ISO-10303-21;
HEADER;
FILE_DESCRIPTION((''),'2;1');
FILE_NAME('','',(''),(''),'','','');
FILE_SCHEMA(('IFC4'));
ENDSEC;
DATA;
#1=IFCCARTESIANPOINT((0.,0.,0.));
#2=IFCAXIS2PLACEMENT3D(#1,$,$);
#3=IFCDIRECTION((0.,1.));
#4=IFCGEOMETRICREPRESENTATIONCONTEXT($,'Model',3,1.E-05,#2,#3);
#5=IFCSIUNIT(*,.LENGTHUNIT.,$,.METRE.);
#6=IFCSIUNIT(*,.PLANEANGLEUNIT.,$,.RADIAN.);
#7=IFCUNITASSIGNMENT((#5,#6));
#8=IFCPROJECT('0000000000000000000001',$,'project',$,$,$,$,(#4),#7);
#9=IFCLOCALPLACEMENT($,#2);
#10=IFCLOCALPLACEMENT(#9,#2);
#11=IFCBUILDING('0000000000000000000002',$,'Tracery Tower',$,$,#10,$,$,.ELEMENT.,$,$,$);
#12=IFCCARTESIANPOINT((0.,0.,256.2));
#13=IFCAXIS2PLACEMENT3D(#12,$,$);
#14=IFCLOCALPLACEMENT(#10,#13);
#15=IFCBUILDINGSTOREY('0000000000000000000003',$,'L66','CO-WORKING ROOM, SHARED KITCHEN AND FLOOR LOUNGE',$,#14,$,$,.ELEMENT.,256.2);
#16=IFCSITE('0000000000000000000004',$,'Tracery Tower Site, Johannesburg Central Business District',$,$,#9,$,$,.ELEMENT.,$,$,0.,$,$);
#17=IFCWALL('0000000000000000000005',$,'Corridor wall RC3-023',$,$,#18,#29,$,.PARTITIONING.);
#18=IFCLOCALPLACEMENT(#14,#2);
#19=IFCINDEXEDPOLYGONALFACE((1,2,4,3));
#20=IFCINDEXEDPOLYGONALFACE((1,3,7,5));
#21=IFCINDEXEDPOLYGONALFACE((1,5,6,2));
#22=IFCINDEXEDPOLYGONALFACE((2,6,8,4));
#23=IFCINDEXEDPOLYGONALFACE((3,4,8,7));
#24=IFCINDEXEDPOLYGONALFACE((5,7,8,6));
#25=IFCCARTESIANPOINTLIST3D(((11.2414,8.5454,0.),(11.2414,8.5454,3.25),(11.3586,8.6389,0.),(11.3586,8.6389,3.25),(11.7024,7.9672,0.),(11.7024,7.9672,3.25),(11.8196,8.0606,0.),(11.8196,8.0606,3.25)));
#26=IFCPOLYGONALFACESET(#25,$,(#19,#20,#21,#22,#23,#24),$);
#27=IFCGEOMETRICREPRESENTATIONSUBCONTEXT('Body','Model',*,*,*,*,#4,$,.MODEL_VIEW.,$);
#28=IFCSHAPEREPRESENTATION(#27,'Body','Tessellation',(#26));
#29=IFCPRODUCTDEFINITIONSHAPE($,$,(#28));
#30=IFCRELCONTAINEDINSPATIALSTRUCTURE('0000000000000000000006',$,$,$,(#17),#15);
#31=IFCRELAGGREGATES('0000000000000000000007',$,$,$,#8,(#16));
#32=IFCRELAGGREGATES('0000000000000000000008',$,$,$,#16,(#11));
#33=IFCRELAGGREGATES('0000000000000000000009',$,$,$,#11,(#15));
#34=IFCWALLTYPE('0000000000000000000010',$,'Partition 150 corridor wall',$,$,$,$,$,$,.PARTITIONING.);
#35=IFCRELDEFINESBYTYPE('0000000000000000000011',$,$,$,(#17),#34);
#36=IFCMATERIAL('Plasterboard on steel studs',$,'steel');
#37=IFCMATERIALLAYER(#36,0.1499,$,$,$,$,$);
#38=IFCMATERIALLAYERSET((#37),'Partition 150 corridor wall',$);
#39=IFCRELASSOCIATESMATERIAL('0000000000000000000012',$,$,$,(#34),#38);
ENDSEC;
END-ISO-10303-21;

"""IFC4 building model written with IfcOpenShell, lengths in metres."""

from ifc_helpers import new_model, si_unit, direction, frame, frame_2d, origin, place, context, subcontext, project, spatial, rectangle, extrude, material, layer, layer_set, type_object, element, save


model = new_model("IFC4")

# Units and contexts
model_context = context("Model", 3, precision=1e-05, world=origin(), true_north=direction((0.0, 1.0)))
body_context = subcontext(model_context, "Body", "Model", "MODEL_VIEW")
ifc_project = project(units=[si_unit("LENGTHUNIT", "METRE"), si_unit("PLANEANGLEUNIT", "RADIAN")], contexts=[model_context])

# Site, building, storey
site_placement = place(None, origin())
site = spatial("IfcSite", under=ifc_project, at=site_placement, Name="Tracery Tower Site, Johannesburg Central Business District", CompositionType="ELEMENT", RefElevation=0.0)
building_placement = place(site_placement, origin())
building = spatial("IfcBuilding", under=site, at=building_placement, Name="Tracery Tower", CompositionType="ELEMENT")
storey_placement = place(building_placement, frame((0.0, 0.0, 256.2)))
storey = spatial("IfcBuildingStorey", under=building, at=storey_placement, Name="L66", Description="CO-WORKING ROOM, SHARED KITCHEN AND FLOOR LOUNGE", CompositionType="ELEMENT", Elevation=256.2)

# Wall
ifc_material_1 = material(Name="Plasterboard on steel studs", Category="steel")
ifc_layer_1 = layer(ifc_material_1, 0.1499)
ifc_layer_set_1 = layer_set([ifc_layer_1], Name="Partition 150 corridor wall")
wall_type_1 = type_object("IfcWallType", Name="Partition 150 corridor wall", PredefinedType="PARTITIONING", material=ifc_layer_set_1)
wall_1_placement = place(storey_placement, frame((11.3, 8.592, 0.0), z_axis=(0.0, 0.0, 1.0), x_axis=(0.623406, -0.781899, 0.0)))
element("IfcWall", 1, at=wall_1_placement, inside=storey, type_object=wall_type_1, Name="Corridor wall RC3-023", PredefinedType="PARTITIONING", context=body_context, shape_type="SweptSolid", body=[
    extrude(rectangle(XDim=0.7395, YDim=0.1499, at=frame_2d((0.3696, 0.0))), origin(), (0.0, 0.0, 1.0), 3.25),
])

save(model, "model.ifc")
